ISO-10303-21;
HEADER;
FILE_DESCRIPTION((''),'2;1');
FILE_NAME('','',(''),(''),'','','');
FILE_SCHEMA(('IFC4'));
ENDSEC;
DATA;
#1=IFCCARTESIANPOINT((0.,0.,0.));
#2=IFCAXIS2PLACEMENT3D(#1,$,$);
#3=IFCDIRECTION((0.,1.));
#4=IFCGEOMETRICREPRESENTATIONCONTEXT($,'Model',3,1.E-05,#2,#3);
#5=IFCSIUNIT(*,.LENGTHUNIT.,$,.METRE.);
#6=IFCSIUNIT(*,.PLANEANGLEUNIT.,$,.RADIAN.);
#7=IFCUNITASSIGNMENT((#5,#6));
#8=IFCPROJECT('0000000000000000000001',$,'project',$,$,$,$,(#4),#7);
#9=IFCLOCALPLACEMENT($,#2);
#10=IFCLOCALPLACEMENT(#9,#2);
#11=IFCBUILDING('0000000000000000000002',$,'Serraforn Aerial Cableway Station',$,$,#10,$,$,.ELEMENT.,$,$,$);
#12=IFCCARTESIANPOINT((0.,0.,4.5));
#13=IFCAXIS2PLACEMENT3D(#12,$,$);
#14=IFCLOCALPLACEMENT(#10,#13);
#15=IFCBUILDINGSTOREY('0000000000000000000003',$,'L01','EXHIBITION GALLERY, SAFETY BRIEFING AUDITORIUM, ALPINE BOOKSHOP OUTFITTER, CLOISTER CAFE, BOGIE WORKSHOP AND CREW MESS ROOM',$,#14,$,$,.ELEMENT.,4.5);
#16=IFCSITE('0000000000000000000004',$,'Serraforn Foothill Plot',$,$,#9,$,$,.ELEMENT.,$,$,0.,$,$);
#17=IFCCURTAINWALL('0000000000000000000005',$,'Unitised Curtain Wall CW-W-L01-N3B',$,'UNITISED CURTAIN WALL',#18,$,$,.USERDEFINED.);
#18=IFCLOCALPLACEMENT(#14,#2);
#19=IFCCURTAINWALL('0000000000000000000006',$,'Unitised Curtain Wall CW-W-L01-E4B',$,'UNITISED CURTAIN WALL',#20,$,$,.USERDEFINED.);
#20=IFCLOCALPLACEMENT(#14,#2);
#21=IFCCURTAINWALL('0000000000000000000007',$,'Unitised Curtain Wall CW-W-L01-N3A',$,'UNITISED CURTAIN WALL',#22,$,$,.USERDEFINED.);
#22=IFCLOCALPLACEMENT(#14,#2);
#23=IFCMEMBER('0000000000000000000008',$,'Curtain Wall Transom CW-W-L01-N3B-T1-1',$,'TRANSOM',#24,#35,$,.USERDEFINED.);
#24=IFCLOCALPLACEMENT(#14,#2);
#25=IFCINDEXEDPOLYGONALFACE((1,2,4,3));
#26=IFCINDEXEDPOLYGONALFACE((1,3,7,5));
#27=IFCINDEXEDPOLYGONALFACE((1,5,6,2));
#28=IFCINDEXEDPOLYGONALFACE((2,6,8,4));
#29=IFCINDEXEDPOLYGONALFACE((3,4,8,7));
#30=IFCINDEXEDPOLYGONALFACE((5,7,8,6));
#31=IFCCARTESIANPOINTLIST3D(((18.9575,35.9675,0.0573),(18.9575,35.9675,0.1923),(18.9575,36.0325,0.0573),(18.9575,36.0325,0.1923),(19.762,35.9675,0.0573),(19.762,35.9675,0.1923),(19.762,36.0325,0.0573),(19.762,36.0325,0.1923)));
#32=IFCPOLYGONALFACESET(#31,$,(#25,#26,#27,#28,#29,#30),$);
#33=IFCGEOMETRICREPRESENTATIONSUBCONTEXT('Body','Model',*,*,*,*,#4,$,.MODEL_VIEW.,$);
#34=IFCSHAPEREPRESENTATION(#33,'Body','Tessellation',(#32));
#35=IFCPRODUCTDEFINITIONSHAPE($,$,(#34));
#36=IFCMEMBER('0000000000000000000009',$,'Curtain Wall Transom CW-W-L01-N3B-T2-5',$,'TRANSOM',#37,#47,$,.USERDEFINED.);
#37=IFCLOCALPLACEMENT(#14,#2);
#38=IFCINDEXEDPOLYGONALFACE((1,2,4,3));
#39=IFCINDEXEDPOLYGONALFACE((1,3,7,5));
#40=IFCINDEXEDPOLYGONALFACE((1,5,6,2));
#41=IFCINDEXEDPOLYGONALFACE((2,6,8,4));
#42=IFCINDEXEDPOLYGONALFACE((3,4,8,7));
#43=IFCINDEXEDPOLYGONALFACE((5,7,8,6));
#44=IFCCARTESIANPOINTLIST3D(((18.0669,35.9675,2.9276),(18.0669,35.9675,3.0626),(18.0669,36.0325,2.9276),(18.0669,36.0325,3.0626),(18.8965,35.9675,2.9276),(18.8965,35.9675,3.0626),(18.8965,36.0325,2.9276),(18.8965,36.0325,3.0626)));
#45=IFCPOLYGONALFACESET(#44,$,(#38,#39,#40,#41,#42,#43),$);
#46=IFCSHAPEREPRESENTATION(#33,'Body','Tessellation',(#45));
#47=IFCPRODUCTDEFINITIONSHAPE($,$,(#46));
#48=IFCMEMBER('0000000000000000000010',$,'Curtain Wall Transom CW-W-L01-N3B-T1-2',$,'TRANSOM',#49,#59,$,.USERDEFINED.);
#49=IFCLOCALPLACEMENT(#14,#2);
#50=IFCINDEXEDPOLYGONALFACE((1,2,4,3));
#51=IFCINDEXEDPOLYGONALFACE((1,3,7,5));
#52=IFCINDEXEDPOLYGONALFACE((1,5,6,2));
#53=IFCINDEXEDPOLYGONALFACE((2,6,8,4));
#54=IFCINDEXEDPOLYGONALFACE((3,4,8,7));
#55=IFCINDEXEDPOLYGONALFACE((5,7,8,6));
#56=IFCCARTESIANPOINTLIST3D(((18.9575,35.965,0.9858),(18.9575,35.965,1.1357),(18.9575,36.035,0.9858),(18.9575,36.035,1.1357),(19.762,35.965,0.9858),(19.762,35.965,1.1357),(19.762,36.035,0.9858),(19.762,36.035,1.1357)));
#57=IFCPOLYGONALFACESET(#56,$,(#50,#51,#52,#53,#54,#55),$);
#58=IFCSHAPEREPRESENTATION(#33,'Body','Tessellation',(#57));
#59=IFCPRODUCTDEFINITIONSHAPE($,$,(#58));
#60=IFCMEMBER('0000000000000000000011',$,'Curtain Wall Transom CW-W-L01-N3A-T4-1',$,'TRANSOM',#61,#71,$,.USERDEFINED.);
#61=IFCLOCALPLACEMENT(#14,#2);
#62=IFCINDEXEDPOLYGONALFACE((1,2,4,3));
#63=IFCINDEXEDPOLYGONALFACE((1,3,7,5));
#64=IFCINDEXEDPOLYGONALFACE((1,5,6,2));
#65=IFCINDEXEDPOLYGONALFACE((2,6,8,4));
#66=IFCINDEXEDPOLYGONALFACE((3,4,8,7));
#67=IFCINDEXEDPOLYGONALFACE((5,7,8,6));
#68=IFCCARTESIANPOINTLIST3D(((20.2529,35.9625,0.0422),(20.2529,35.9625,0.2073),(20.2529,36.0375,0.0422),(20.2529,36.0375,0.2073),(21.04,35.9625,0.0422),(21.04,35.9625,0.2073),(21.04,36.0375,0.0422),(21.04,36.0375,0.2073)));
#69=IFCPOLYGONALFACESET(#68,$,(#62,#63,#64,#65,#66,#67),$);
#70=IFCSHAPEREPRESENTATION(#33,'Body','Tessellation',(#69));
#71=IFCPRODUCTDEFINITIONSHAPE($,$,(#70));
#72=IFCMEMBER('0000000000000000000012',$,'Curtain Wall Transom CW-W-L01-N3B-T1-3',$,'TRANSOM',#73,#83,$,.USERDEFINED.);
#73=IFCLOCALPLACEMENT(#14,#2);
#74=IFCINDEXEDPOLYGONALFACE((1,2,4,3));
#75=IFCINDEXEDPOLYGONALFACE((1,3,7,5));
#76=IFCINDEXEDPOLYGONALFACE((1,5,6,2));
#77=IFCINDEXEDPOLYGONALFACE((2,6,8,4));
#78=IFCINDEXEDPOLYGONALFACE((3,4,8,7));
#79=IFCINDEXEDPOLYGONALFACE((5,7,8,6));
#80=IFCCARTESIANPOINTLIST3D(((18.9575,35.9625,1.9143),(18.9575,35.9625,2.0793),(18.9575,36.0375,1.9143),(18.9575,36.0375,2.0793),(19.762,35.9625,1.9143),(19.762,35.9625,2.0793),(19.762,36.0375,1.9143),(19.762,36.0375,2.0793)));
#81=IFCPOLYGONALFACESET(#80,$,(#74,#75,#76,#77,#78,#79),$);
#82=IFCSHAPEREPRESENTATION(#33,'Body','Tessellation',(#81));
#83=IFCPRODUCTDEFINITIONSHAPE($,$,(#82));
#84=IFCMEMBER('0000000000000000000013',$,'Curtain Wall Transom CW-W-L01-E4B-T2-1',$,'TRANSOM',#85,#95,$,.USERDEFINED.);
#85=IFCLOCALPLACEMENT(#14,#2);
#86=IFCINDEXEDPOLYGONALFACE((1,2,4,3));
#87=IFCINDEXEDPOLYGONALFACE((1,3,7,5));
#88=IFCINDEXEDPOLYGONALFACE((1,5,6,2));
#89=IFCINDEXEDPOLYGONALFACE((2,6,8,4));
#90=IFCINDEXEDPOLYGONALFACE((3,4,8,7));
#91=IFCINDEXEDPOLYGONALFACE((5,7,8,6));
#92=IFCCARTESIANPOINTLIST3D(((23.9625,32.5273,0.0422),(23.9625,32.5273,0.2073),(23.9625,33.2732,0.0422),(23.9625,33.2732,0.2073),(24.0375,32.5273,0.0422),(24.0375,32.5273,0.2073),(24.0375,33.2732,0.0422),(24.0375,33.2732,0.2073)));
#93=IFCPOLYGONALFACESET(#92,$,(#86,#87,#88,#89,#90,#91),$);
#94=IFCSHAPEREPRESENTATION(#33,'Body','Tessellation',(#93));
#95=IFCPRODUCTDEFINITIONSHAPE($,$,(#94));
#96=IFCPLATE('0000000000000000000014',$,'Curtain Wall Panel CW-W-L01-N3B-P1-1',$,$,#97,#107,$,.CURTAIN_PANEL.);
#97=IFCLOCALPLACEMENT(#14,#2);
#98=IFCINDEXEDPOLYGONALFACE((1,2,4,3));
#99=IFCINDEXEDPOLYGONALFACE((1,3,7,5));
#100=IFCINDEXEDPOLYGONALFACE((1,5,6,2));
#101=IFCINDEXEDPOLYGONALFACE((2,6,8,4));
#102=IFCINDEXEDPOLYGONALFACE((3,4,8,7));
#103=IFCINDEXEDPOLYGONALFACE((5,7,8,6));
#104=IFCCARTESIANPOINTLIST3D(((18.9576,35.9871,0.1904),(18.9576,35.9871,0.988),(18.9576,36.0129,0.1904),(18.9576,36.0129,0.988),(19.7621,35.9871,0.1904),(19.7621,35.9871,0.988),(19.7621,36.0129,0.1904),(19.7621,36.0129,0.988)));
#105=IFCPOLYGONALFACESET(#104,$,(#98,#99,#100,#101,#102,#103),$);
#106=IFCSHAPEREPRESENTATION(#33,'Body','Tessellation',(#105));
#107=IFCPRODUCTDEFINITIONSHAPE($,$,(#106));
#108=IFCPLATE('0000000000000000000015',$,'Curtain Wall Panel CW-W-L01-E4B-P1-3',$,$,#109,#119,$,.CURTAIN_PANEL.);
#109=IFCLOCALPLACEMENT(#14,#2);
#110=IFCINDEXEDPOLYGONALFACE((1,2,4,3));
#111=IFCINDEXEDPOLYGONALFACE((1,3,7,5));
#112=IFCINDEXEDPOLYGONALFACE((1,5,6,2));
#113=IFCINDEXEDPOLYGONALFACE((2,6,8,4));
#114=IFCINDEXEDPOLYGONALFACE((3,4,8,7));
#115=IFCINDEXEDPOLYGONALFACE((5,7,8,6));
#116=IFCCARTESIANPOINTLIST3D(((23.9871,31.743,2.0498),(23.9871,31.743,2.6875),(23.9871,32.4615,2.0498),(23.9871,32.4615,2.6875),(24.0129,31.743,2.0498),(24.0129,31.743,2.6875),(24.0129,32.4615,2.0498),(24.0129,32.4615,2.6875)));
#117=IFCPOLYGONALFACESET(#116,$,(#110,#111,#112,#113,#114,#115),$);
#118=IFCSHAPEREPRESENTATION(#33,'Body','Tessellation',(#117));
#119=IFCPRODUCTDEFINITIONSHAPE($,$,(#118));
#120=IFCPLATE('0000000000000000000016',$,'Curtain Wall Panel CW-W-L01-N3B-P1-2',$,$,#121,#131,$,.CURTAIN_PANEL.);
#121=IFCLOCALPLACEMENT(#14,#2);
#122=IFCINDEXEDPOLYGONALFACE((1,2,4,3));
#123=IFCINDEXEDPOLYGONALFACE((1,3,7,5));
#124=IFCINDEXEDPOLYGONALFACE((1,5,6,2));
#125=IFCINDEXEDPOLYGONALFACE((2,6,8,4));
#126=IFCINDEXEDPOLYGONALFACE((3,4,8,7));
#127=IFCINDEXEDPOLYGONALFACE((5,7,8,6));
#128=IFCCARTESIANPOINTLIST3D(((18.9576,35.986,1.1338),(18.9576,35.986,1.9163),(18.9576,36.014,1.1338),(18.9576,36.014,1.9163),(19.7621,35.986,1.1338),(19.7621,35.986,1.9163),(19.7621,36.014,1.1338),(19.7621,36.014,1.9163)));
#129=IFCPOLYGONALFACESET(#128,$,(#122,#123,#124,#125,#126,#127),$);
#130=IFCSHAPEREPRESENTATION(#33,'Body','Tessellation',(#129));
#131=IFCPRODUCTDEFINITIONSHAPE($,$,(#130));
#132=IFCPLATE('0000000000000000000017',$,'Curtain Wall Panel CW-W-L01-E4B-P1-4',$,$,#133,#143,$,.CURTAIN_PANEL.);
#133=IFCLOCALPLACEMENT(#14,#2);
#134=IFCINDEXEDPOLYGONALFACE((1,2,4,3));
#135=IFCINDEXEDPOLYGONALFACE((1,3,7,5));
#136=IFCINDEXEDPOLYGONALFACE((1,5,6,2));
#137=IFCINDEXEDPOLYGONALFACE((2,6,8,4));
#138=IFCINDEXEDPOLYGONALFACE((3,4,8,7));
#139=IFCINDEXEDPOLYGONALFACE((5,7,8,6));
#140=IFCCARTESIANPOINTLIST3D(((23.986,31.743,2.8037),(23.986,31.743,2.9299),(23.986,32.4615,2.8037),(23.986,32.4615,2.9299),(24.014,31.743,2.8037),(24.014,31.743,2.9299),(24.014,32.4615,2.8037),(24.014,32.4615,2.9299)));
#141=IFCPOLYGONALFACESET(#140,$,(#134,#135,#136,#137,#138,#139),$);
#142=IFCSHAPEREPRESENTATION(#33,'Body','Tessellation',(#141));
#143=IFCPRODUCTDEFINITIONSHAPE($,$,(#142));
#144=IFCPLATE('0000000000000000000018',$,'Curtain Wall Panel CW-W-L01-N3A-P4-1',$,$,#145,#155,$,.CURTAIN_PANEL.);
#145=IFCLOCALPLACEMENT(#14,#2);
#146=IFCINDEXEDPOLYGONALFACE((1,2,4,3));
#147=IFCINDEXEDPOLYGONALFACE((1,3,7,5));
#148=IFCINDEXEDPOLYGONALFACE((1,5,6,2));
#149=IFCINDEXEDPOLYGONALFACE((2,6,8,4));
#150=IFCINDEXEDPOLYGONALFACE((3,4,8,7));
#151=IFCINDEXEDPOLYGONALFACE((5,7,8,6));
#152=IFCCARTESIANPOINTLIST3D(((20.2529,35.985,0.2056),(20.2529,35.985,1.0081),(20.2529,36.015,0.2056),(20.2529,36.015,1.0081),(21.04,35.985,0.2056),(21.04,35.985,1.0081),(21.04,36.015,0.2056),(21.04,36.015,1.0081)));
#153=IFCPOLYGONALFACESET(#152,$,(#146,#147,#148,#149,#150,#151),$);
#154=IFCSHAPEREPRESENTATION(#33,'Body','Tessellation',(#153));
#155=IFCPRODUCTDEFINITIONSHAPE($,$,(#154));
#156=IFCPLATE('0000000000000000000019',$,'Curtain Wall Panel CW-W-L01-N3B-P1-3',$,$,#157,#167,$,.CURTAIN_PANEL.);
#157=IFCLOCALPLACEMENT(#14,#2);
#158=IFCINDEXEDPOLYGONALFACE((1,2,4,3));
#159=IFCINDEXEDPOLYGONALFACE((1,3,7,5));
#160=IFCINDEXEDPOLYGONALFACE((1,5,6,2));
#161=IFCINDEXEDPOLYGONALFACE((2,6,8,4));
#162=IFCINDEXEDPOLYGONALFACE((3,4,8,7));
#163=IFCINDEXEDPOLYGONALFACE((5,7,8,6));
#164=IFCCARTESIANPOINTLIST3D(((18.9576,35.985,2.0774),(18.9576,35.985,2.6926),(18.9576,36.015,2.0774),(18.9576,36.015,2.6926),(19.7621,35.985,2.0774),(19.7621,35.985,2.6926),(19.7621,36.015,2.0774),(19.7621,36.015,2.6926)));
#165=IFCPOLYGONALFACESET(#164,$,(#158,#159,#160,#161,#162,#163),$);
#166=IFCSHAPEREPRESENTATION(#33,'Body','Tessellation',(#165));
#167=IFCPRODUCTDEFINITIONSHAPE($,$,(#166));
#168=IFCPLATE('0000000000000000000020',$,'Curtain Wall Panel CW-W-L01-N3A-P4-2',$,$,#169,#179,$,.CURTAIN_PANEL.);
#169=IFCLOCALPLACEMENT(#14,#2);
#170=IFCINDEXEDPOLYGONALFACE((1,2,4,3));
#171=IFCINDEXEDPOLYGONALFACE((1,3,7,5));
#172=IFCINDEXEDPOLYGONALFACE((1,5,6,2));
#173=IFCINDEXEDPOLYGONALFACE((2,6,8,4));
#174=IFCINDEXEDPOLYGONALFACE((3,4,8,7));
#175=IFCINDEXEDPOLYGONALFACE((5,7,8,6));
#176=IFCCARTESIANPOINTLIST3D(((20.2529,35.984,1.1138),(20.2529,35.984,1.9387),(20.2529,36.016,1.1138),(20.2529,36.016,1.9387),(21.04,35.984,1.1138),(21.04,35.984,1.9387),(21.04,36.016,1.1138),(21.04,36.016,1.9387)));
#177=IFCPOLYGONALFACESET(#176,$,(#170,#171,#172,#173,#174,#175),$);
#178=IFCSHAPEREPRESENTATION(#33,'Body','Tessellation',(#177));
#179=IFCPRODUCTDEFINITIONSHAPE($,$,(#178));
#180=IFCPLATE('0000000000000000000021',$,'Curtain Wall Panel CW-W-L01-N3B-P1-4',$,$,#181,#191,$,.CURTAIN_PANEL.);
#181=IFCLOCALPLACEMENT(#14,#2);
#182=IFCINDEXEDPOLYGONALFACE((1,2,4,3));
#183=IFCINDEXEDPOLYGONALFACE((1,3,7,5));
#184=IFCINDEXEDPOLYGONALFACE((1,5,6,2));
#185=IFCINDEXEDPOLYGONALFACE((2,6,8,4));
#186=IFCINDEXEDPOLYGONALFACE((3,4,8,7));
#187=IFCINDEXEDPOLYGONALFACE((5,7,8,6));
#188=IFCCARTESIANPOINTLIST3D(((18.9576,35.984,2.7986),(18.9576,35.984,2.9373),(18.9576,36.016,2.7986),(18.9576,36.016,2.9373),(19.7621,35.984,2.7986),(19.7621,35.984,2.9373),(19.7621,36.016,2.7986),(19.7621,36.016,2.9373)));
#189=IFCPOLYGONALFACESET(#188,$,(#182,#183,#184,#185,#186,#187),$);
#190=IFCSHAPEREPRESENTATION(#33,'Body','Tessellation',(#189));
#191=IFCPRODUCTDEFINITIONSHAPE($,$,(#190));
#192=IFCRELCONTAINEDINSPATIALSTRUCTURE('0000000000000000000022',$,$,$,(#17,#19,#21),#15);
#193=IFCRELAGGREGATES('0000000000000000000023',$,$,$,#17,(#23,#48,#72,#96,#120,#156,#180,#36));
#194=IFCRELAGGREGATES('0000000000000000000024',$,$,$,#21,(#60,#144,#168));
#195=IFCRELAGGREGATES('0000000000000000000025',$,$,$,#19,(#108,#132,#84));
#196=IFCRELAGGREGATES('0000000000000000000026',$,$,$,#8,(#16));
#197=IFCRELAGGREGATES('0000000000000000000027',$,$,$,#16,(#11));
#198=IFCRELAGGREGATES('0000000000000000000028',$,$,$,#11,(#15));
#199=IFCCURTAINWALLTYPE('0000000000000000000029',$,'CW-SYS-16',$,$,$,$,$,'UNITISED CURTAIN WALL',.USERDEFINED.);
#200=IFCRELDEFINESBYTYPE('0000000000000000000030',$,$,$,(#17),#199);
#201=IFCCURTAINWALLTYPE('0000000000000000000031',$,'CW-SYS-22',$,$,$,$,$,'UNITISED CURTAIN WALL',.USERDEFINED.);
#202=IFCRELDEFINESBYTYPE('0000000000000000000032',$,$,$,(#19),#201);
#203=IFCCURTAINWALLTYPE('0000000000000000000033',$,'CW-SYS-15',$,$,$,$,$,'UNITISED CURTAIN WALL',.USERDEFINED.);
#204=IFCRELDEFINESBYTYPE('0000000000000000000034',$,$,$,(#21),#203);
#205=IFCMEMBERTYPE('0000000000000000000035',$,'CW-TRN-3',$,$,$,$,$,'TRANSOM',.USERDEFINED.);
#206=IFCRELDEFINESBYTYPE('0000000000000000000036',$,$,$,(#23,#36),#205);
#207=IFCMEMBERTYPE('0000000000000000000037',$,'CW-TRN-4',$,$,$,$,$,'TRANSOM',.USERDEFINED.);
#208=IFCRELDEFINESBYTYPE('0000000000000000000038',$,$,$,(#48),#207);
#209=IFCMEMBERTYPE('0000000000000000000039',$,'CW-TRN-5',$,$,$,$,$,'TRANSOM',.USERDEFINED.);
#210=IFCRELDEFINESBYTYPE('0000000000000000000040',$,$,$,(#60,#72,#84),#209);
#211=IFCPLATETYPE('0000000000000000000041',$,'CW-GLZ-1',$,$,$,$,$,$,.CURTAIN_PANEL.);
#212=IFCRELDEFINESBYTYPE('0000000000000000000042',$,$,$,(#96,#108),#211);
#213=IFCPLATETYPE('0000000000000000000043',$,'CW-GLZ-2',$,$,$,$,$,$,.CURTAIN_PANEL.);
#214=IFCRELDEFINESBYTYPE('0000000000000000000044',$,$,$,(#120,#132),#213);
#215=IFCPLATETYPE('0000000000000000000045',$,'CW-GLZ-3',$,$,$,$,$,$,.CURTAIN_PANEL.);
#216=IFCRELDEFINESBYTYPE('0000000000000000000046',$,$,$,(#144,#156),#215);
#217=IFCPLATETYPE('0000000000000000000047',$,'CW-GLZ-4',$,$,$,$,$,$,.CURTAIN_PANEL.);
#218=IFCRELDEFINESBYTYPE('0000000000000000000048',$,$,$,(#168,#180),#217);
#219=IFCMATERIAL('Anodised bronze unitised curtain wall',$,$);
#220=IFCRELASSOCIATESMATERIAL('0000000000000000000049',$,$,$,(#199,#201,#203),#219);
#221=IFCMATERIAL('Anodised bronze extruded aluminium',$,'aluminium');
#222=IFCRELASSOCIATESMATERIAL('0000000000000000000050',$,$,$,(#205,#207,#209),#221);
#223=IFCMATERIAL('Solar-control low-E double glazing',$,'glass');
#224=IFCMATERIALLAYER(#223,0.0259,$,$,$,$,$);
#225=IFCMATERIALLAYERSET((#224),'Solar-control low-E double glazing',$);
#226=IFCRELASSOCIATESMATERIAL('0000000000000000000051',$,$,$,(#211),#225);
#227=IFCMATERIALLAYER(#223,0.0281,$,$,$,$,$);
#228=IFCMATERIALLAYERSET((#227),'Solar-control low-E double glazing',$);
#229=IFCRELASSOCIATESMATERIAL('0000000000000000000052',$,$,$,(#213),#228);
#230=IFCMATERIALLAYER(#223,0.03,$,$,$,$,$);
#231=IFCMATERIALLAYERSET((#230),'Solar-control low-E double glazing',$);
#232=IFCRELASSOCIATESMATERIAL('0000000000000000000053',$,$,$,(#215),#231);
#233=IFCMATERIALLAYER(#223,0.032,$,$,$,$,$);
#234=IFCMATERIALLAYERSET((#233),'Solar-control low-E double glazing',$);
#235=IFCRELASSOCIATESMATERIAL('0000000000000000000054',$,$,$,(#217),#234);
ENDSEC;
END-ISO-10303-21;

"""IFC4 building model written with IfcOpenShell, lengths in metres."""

from ifc_helpers import new_model, si_unit, direction, frame, origin, origin_2d, place, context, subcontext, project, spatial, rectangle, extrude, material, layer, layer_set, material_profile, profile_set, type_object, element, aggregate, save


model = new_model("IFC4")

# Units and contexts
model_context = context("Model", 3, precision=1e-05, world=origin(), true_north=direction((0.0, 1.0)))
body_context = subcontext(model_context, "Body", "Model", "MODEL_VIEW")
ifc_project = project(units=[si_unit("LENGTHUNIT", "METRE"), si_unit("PLANEANGLEUNIT", "RADIAN")], contexts=[model_context])

# Site, building, storey
site_placement = place(None, origin())
site = spatial("IfcSite", under=ifc_project, at=site_placement, Name="Serraforn Foothill Plot", CompositionType="ELEMENT", RefElevation=0.0)
building_placement = place(site_placement, origin())
building = spatial("IfcBuilding", under=site, at=building_placement, Name="Serraforn Aerial Cableway Station", CompositionType="ELEMENT")
storey_placement = place(building_placement, frame((0.0, 0.0, 4.5)))
storey = spatial("IfcBuildingStorey", under=building, at=storey_placement, Name="L01", Description="EXHIBITION GALLERY, SAFETY BRIEFING AUDITORIUM, ALPINE BOOKSHOP OUTFITTER, CLOISTER CAFE, BOGIE WORKSHOP AND CREW MESS ROOM", CompositionType="ELEMENT", Elevation=4.5)

# Curtain wall
ifc_material_1 = material(Name="Anodised bronze unitised curtain wall")
curtain_wall_type_1 = type_object("IfcCurtainWallType", Name="CW-SYS-16", ElementType="UNITISED CURTAIN WALL", PredefinedType="USERDEFINED", material=ifc_material_1)
curtain_wall_1_placement = place(storey_placement, origin())
curtain_wall_1 = element("IfcCurtainWall", 1, at=curtain_wall_1_placement, inside=storey, type_object=curtain_wall_type_1, Name="Unitised Curtain Wall CW-W-L01-N3B", ObjectType="UNITISED CURTAIN WALL", PredefinedType="USERDEFINED")
ifc_material_2 = material(Name="Anodised bronze extruded aluminium", Category="aluminium")

# Curtain wall
curtain_wall_type_2 = type_object("IfcCurtainWallType", Name="CW-SYS-22", ElementType="UNITISED CURTAIN WALL", PredefinedType="USERDEFINED", material=ifc_material_1)
curtain_wall_2_placement = place(storey_placement, origin())
curtain_wall_2 = element("IfcCurtainWall", 2, at=curtain_wall_2_placement, inside=storey, type_object=curtain_wall_type_2, Name="Unitised Curtain Wall CW-W-L01-E4B", ObjectType="UNITISED CURTAIN WALL", PredefinedType="USERDEFINED")

# Curtain wall
curtain_wall_type_3 = type_object("IfcCurtainWallType", Name="CW-SYS-15", ElementType="UNITISED CURTAIN WALL", PredefinedType="USERDEFINED", material=ifc_material_1)
curtain_wall_3_placement = place(storey_placement, origin())
curtain_wall_3 = element("IfcCurtainWall", 3, at=curtain_wall_3_placement, inside=storey, type_object=curtain_wall_type_3, Name="Unitised Curtain Wall CW-W-L01-N3A", ObjectType="UNITISED CURTAIN WALL", PredefinedType="USERDEFINED")

# Members
ifc_material_profile_1 = material_profile(ifc_material_2, rectangle(XDim=0.0649, YDim=0.135, at=origin_2d()), Name="CW TRANSOM 65x135")
ifc_profile_set_1 = profile_set([ifc_material_profile_1], Name="Anodised bronze extruded aluminium")
member_type_1 = type_object("IfcMemberType", Name="CW-TRN-3", ElementType="TRANSOM", PredefinedType="USERDEFINED", material=ifc_profile_set_1)
member_1_placement = place(storey_placement, frame((19.762, 36.0, 0.1248), z_axis=(-1.0, 0.0, 0.0), x_axis=(0.0, -1.0, 0.0)))
member_1 = element("IfcMember", 4, at=member_1_placement, type_object=member_type_1, Name="Curtain Wall Transom CW-W-L01-N3B-T1-1", ObjectType="TRANSOM", PredefinedType="USERDEFINED", context=body_context, shape_type="SweptSolid", body=[
    extrude(rectangle(XDim=0.0649, YDim=0.135, at=origin_2d()), origin(), (0.0, 0.0, 1.0), 0.8044),
])
member_2_placement = place(storey_placement, frame((18.8965, 36.0, 2.9951), z_axis=(-1.0, 0.0, 0.0), x_axis=(0.0, -1.0, 0.0)))
member_2 = element("IfcMember", 5, at=member_2_placement, type_object=member_type_1, Name="Curtain Wall Transom CW-W-L01-N3B-T2-5", ObjectType="TRANSOM", PredefinedType="USERDEFINED", context=body_context, shape_type="SweptSolid", body=[
    extrude(rectangle(XDim=0.0649, YDim=0.135, at=origin_2d()), origin(), (0.0, 0.0, 1.0), 0.8296),
])
ifc_material_profile_2 = material_profile(ifc_material_2, rectangle(XDim=0.0701, YDim=0.1499, at=origin_2d()), Name="CW TRANSOM 70x150")
ifc_profile_set_2 = profile_set([ifc_material_profile_2], Name="Anodised bronze extruded aluminium")
member_type_2 = type_object("IfcMemberType", Name="CW-TRN-4", ElementType="TRANSOM", PredefinedType="USERDEFINED", material=ifc_profile_set_2)
member_3_placement = place(storey_placement, frame((19.762, 36.0, 1.0608), z_axis=(-1.0, 0.0, 0.0), x_axis=(0.0, -1.0, 0.0)))
member_3 = element("IfcMember", 6, at=member_3_placement, type_object=member_type_2, Name="Curtain Wall Transom CW-W-L01-N3B-T1-2", ObjectType="TRANSOM", PredefinedType="USERDEFINED", context=body_context, shape_type="SweptSolid", body=[
    extrude(rectangle(XDim=0.0701, YDim=0.1499, at=origin_2d()), origin(), (0.0, 0.0, 1.0), 0.8044),
])
ifc_material_profile_3 = material_profile(ifc_material_2, rectangle(XDim=0.075, YDim=0.165, at=origin_2d()), Name="CW TRANSOM 75x165")
ifc_profile_set_3 = profile_set([ifc_material_profile_3], Name="Anodised bronze extruded aluminium")
member_type_3 = type_object("IfcMemberType", Name="CW-TRN-5", ElementType="TRANSOM", PredefinedType="USERDEFINED", material=ifc_profile_set_3)
member_4_placement = place(storey_placement, frame((21.04, 36.0, 0.1248), z_axis=(-1.0, 0.0, 0.0), x_axis=(0.0, -1.0, 0.0)))
member_4 = element("IfcMember", 7, at=member_4_placement, type_object=member_type_3, Name="Curtain Wall Transom CW-W-L01-N3A-T4-1", ObjectType="TRANSOM", PredefinedType="USERDEFINED", context=body_context, shape_type="SweptSolid", body=[
    extrude(rectangle(XDim=0.075, YDim=0.165, at=origin_2d()), origin(), (0.0, 0.0, 1.0), 0.7871),
])
member_5_placement = place(storey_placement, frame((19.762, 36.0, 1.9968), z_axis=(-1.0, 0.0, 0.0), x_axis=(0.0, -1.0, 0.0)))
member_5 = element("IfcMember", 8, at=member_5_placement, type_object=member_type_3, Name="Curtain Wall Transom CW-W-L01-N3B-T1-3", ObjectType="TRANSOM", PredefinedType="USERDEFINED", context=body_context, shape_type="SweptSolid", body=[
    extrude(rectangle(XDim=0.075, YDim=0.165, at=origin_2d()), origin(), (0.0, 0.0, 1.0), 0.8044),
])
member_6_placement = place(storey_placement, frame((24.0, 32.5273, 0.1248), z_axis=(0.0, 1.0, 0.0), x_axis=(-1.0, 0.0, 0.0)))
member_6 = element("IfcMember", 9, at=member_6_placement, type_object=member_type_3, Name="Curtain Wall Transom CW-W-L01-E4B-T2-1", ObjectType="TRANSOM", PredefinedType="USERDEFINED", context=body_context, shape_type="SweptSolid", body=[
    extrude(rectangle(XDim=0.075, YDim=0.165, at=origin_2d()), origin(), (0.0, 0.0, 1.0), 0.7458),
])

# Plates
ifc_material_3 = material(Name="Solar-control low-E double glazing", Category="glass")
ifc_layer_1 = layer(ifc_material_3, 0.0259)
ifc_layer_set_1 = layer_set([ifc_layer_1], Name="Solar-control low-E double glazing")
plate_type_1 = type_object("IfcPlateType", Name="CW-GLZ-1", PredefinedType="CURTAIN_PANEL", material=ifc_layer_set_1)
plate_1_placement = place(storey_placement, frame((19.3599, 36.0, 0.1904), z_axis=(0.0, 0.0, 1.0), x_axis=(1.0, 0.0, 0.0)))
plate_1 = element("IfcPlate", 10, at=plate_1_placement, type_object=plate_type_1, Name="Curtain Wall Panel CW-W-L01-N3B-P1-1", PredefinedType="CURTAIN_PANEL", context=body_context, shape_type="SweptSolid", body=[
    extrude(rectangle(XDim=0.8044, YDim=0.0259, at=origin_2d()), origin(), (0.0, 0.0, 1.0), 0.7976),
])
plate_2_placement = place(storey_placement, frame((24.0, 32.1023, 2.0498), z_axis=(0.0, 0.0, 1.0), x_axis=(1.0, 0.0, 0.0)))
plate_2 = element("IfcPlate", 11, at=plate_2_placement, type_object=plate_type_1, Name="Curtain Wall Panel CW-W-L01-E4B-P1-3", PredefinedType="CURTAIN_PANEL", context=body_context, shape_type="SweptSolid", body=[
    extrude(rectangle(XDim=0.0259, YDim=0.7185, at=origin_2d()), origin(), (0.0, 0.0, 1.0), 0.6377),
])
ifc_layer_2 = layer(ifc_material_3, 0.0281)
ifc_layer_set_2 = layer_set([ifc_layer_2], Name="Solar-control low-E double glazing")
plate_type_2 = type_object("IfcPlateType", Name="CW-GLZ-2", PredefinedType="CURTAIN_PANEL", material=ifc_layer_set_2)
plate_3_placement = place(storey_placement, frame((19.3599, 36.0, 1.1338), z_axis=(0.0, 0.0, 1.0), x_axis=(1.0, 0.0, 0.0)))
plate_3 = element("IfcPlate", 12, at=plate_3_placement, type_object=plate_type_2, Name="Curtain Wall Panel CW-W-L01-N3B-P1-2", PredefinedType="CURTAIN_PANEL", context=body_context, shape_type="SweptSolid", body=[
    extrude(rectangle(XDim=0.8044, YDim=0.0281, at=origin_2d()), origin(), (0.0, 0.0, 1.0), 0.7825),
])
plate_4_placement = place(storey_placement, frame((24.0, 32.1023, 2.8037), z_axis=(0.0, 0.0, 1.0), x_axis=(1.0, 0.0, 0.0)))
plate_4 = element("IfcPlate", 13, at=plate_4_placement, type_object=plate_type_2, Name="Curtain Wall Panel CW-W-L01-E4B-P1-4", PredefinedType="CURTAIN_PANEL", context=body_context, shape_type="SweptSolid", body=[
    extrude(rectangle(XDim=0.0281, YDim=0.7185, at=origin_2d()), origin(), (0.0, 0.0, 1.0), 0.1262),
])
ifc_layer_3 = layer(ifc_material_3, 0.03)
ifc_layer_set_3 = layer_set([ifc_layer_3], Name="Solar-control low-E double glazing")
plate_type_3 = type_object("IfcPlateType", Name="CW-GLZ-3", PredefinedType="CURTAIN_PANEL", material=ifc_layer_set_3)
plate_5_placement = place(storey_placement, frame((20.6465, 36.0, 0.2056), z_axis=(0.0, 0.0, 1.0), x_axis=(1.0, 0.0, 0.0)))
plate_5 = element("IfcPlate", 14, at=plate_5_placement, type_object=plate_type_3, Name="Curtain Wall Panel CW-W-L01-N3A-P4-1", PredefinedType="CURTAIN_PANEL", context=body_context, shape_type="SweptSolid", body=[
    extrude(rectangle(XDim=0.7871, YDim=0.03, at=origin_2d()), origin(), (0.0, 0.0, 1.0), 0.8025),
])
plate_6_placement = place(storey_placement, frame((19.3599, 36.0, 2.0774), z_axis=(0.0, 0.0, 1.0), x_axis=(1.0, 0.0, 0.0)))
plate_6 = element("IfcPlate", 15, at=plate_6_placement, type_object=plate_type_3, Name="Curtain Wall Panel CW-W-L01-N3B-P1-3", PredefinedType="CURTAIN_PANEL", context=body_context, shape_type="SweptSolid", body=[
    extrude(rectangle(XDim=0.8044, YDim=0.03, at=origin_2d()), origin(), (0.0, 0.0, 1.0), 0.6152),
])
ifc_layer_4 = layer(ifc_material_3, 0.032)
ifc_layer_set_4 = layer_set([ifc_layer_4], Name="Solar-control low-E double glazing")
plate_type_4 = type_object("IfcPlateType", Name="CW-GLZ-4", PredefinedType="CURTAIN_PANEL", material=ifc_layer_set_4)
plate_7_placement = place(storey_placement, frame((20.6465, 36.0, 1.1138), z_axis=(0.0, 0.0, 1.0), x_axis=(1.0, 0.0, 0.0)))
plate_7 = element("IfcPlate", 16, at=plate_7_placement, type_object=plate_type_4, Name="Curtain Wall Panel CW-W-L01-N3A-P4-2", PredefinedType="CURTAIN_PANEL", context=body_context, shape_type="SweptSolid", body=[
    extrude(rectangle(XDim=0.7871, YDim=0.032, at=origin_2d()), origin(), (0.0, 0.0, 1.0), 0.825),
])
plate_8_placement = place(storey_placement, frame((19.3599, 36.0, 2.7986), z_axis=(0.0, 0.0, 1.0), x_axis=(1.0, 0.0, 0.0)))
plate_8 = element("IfcPlate", 17, at=plate_8_placement, type_object=plate_type_4, Name="Curtain Wall Panel CW-W-L01-N3B-P1-4", PredefinedType="CURTAIN_PANEL", context=body_context, shape_type="SweptSolid", body=[
    extrude(rectangle(XDim=0.8044, YDim=0.032, at=origin_2d()), origin(), (0.0, 0.0, 1.0), 0.1387),
])
aggregate(curtain_wall_1, [member_1, member_3, member_5, plate_1, plate_3, plate_6, plate_8, member_2])
aggregate(curtain_wall_3, [member_4, plate_5, plate_7])
aggregate(curtain_wall_2, [plate_2, plate_4, member_6])

save(model, "model.ifc")
